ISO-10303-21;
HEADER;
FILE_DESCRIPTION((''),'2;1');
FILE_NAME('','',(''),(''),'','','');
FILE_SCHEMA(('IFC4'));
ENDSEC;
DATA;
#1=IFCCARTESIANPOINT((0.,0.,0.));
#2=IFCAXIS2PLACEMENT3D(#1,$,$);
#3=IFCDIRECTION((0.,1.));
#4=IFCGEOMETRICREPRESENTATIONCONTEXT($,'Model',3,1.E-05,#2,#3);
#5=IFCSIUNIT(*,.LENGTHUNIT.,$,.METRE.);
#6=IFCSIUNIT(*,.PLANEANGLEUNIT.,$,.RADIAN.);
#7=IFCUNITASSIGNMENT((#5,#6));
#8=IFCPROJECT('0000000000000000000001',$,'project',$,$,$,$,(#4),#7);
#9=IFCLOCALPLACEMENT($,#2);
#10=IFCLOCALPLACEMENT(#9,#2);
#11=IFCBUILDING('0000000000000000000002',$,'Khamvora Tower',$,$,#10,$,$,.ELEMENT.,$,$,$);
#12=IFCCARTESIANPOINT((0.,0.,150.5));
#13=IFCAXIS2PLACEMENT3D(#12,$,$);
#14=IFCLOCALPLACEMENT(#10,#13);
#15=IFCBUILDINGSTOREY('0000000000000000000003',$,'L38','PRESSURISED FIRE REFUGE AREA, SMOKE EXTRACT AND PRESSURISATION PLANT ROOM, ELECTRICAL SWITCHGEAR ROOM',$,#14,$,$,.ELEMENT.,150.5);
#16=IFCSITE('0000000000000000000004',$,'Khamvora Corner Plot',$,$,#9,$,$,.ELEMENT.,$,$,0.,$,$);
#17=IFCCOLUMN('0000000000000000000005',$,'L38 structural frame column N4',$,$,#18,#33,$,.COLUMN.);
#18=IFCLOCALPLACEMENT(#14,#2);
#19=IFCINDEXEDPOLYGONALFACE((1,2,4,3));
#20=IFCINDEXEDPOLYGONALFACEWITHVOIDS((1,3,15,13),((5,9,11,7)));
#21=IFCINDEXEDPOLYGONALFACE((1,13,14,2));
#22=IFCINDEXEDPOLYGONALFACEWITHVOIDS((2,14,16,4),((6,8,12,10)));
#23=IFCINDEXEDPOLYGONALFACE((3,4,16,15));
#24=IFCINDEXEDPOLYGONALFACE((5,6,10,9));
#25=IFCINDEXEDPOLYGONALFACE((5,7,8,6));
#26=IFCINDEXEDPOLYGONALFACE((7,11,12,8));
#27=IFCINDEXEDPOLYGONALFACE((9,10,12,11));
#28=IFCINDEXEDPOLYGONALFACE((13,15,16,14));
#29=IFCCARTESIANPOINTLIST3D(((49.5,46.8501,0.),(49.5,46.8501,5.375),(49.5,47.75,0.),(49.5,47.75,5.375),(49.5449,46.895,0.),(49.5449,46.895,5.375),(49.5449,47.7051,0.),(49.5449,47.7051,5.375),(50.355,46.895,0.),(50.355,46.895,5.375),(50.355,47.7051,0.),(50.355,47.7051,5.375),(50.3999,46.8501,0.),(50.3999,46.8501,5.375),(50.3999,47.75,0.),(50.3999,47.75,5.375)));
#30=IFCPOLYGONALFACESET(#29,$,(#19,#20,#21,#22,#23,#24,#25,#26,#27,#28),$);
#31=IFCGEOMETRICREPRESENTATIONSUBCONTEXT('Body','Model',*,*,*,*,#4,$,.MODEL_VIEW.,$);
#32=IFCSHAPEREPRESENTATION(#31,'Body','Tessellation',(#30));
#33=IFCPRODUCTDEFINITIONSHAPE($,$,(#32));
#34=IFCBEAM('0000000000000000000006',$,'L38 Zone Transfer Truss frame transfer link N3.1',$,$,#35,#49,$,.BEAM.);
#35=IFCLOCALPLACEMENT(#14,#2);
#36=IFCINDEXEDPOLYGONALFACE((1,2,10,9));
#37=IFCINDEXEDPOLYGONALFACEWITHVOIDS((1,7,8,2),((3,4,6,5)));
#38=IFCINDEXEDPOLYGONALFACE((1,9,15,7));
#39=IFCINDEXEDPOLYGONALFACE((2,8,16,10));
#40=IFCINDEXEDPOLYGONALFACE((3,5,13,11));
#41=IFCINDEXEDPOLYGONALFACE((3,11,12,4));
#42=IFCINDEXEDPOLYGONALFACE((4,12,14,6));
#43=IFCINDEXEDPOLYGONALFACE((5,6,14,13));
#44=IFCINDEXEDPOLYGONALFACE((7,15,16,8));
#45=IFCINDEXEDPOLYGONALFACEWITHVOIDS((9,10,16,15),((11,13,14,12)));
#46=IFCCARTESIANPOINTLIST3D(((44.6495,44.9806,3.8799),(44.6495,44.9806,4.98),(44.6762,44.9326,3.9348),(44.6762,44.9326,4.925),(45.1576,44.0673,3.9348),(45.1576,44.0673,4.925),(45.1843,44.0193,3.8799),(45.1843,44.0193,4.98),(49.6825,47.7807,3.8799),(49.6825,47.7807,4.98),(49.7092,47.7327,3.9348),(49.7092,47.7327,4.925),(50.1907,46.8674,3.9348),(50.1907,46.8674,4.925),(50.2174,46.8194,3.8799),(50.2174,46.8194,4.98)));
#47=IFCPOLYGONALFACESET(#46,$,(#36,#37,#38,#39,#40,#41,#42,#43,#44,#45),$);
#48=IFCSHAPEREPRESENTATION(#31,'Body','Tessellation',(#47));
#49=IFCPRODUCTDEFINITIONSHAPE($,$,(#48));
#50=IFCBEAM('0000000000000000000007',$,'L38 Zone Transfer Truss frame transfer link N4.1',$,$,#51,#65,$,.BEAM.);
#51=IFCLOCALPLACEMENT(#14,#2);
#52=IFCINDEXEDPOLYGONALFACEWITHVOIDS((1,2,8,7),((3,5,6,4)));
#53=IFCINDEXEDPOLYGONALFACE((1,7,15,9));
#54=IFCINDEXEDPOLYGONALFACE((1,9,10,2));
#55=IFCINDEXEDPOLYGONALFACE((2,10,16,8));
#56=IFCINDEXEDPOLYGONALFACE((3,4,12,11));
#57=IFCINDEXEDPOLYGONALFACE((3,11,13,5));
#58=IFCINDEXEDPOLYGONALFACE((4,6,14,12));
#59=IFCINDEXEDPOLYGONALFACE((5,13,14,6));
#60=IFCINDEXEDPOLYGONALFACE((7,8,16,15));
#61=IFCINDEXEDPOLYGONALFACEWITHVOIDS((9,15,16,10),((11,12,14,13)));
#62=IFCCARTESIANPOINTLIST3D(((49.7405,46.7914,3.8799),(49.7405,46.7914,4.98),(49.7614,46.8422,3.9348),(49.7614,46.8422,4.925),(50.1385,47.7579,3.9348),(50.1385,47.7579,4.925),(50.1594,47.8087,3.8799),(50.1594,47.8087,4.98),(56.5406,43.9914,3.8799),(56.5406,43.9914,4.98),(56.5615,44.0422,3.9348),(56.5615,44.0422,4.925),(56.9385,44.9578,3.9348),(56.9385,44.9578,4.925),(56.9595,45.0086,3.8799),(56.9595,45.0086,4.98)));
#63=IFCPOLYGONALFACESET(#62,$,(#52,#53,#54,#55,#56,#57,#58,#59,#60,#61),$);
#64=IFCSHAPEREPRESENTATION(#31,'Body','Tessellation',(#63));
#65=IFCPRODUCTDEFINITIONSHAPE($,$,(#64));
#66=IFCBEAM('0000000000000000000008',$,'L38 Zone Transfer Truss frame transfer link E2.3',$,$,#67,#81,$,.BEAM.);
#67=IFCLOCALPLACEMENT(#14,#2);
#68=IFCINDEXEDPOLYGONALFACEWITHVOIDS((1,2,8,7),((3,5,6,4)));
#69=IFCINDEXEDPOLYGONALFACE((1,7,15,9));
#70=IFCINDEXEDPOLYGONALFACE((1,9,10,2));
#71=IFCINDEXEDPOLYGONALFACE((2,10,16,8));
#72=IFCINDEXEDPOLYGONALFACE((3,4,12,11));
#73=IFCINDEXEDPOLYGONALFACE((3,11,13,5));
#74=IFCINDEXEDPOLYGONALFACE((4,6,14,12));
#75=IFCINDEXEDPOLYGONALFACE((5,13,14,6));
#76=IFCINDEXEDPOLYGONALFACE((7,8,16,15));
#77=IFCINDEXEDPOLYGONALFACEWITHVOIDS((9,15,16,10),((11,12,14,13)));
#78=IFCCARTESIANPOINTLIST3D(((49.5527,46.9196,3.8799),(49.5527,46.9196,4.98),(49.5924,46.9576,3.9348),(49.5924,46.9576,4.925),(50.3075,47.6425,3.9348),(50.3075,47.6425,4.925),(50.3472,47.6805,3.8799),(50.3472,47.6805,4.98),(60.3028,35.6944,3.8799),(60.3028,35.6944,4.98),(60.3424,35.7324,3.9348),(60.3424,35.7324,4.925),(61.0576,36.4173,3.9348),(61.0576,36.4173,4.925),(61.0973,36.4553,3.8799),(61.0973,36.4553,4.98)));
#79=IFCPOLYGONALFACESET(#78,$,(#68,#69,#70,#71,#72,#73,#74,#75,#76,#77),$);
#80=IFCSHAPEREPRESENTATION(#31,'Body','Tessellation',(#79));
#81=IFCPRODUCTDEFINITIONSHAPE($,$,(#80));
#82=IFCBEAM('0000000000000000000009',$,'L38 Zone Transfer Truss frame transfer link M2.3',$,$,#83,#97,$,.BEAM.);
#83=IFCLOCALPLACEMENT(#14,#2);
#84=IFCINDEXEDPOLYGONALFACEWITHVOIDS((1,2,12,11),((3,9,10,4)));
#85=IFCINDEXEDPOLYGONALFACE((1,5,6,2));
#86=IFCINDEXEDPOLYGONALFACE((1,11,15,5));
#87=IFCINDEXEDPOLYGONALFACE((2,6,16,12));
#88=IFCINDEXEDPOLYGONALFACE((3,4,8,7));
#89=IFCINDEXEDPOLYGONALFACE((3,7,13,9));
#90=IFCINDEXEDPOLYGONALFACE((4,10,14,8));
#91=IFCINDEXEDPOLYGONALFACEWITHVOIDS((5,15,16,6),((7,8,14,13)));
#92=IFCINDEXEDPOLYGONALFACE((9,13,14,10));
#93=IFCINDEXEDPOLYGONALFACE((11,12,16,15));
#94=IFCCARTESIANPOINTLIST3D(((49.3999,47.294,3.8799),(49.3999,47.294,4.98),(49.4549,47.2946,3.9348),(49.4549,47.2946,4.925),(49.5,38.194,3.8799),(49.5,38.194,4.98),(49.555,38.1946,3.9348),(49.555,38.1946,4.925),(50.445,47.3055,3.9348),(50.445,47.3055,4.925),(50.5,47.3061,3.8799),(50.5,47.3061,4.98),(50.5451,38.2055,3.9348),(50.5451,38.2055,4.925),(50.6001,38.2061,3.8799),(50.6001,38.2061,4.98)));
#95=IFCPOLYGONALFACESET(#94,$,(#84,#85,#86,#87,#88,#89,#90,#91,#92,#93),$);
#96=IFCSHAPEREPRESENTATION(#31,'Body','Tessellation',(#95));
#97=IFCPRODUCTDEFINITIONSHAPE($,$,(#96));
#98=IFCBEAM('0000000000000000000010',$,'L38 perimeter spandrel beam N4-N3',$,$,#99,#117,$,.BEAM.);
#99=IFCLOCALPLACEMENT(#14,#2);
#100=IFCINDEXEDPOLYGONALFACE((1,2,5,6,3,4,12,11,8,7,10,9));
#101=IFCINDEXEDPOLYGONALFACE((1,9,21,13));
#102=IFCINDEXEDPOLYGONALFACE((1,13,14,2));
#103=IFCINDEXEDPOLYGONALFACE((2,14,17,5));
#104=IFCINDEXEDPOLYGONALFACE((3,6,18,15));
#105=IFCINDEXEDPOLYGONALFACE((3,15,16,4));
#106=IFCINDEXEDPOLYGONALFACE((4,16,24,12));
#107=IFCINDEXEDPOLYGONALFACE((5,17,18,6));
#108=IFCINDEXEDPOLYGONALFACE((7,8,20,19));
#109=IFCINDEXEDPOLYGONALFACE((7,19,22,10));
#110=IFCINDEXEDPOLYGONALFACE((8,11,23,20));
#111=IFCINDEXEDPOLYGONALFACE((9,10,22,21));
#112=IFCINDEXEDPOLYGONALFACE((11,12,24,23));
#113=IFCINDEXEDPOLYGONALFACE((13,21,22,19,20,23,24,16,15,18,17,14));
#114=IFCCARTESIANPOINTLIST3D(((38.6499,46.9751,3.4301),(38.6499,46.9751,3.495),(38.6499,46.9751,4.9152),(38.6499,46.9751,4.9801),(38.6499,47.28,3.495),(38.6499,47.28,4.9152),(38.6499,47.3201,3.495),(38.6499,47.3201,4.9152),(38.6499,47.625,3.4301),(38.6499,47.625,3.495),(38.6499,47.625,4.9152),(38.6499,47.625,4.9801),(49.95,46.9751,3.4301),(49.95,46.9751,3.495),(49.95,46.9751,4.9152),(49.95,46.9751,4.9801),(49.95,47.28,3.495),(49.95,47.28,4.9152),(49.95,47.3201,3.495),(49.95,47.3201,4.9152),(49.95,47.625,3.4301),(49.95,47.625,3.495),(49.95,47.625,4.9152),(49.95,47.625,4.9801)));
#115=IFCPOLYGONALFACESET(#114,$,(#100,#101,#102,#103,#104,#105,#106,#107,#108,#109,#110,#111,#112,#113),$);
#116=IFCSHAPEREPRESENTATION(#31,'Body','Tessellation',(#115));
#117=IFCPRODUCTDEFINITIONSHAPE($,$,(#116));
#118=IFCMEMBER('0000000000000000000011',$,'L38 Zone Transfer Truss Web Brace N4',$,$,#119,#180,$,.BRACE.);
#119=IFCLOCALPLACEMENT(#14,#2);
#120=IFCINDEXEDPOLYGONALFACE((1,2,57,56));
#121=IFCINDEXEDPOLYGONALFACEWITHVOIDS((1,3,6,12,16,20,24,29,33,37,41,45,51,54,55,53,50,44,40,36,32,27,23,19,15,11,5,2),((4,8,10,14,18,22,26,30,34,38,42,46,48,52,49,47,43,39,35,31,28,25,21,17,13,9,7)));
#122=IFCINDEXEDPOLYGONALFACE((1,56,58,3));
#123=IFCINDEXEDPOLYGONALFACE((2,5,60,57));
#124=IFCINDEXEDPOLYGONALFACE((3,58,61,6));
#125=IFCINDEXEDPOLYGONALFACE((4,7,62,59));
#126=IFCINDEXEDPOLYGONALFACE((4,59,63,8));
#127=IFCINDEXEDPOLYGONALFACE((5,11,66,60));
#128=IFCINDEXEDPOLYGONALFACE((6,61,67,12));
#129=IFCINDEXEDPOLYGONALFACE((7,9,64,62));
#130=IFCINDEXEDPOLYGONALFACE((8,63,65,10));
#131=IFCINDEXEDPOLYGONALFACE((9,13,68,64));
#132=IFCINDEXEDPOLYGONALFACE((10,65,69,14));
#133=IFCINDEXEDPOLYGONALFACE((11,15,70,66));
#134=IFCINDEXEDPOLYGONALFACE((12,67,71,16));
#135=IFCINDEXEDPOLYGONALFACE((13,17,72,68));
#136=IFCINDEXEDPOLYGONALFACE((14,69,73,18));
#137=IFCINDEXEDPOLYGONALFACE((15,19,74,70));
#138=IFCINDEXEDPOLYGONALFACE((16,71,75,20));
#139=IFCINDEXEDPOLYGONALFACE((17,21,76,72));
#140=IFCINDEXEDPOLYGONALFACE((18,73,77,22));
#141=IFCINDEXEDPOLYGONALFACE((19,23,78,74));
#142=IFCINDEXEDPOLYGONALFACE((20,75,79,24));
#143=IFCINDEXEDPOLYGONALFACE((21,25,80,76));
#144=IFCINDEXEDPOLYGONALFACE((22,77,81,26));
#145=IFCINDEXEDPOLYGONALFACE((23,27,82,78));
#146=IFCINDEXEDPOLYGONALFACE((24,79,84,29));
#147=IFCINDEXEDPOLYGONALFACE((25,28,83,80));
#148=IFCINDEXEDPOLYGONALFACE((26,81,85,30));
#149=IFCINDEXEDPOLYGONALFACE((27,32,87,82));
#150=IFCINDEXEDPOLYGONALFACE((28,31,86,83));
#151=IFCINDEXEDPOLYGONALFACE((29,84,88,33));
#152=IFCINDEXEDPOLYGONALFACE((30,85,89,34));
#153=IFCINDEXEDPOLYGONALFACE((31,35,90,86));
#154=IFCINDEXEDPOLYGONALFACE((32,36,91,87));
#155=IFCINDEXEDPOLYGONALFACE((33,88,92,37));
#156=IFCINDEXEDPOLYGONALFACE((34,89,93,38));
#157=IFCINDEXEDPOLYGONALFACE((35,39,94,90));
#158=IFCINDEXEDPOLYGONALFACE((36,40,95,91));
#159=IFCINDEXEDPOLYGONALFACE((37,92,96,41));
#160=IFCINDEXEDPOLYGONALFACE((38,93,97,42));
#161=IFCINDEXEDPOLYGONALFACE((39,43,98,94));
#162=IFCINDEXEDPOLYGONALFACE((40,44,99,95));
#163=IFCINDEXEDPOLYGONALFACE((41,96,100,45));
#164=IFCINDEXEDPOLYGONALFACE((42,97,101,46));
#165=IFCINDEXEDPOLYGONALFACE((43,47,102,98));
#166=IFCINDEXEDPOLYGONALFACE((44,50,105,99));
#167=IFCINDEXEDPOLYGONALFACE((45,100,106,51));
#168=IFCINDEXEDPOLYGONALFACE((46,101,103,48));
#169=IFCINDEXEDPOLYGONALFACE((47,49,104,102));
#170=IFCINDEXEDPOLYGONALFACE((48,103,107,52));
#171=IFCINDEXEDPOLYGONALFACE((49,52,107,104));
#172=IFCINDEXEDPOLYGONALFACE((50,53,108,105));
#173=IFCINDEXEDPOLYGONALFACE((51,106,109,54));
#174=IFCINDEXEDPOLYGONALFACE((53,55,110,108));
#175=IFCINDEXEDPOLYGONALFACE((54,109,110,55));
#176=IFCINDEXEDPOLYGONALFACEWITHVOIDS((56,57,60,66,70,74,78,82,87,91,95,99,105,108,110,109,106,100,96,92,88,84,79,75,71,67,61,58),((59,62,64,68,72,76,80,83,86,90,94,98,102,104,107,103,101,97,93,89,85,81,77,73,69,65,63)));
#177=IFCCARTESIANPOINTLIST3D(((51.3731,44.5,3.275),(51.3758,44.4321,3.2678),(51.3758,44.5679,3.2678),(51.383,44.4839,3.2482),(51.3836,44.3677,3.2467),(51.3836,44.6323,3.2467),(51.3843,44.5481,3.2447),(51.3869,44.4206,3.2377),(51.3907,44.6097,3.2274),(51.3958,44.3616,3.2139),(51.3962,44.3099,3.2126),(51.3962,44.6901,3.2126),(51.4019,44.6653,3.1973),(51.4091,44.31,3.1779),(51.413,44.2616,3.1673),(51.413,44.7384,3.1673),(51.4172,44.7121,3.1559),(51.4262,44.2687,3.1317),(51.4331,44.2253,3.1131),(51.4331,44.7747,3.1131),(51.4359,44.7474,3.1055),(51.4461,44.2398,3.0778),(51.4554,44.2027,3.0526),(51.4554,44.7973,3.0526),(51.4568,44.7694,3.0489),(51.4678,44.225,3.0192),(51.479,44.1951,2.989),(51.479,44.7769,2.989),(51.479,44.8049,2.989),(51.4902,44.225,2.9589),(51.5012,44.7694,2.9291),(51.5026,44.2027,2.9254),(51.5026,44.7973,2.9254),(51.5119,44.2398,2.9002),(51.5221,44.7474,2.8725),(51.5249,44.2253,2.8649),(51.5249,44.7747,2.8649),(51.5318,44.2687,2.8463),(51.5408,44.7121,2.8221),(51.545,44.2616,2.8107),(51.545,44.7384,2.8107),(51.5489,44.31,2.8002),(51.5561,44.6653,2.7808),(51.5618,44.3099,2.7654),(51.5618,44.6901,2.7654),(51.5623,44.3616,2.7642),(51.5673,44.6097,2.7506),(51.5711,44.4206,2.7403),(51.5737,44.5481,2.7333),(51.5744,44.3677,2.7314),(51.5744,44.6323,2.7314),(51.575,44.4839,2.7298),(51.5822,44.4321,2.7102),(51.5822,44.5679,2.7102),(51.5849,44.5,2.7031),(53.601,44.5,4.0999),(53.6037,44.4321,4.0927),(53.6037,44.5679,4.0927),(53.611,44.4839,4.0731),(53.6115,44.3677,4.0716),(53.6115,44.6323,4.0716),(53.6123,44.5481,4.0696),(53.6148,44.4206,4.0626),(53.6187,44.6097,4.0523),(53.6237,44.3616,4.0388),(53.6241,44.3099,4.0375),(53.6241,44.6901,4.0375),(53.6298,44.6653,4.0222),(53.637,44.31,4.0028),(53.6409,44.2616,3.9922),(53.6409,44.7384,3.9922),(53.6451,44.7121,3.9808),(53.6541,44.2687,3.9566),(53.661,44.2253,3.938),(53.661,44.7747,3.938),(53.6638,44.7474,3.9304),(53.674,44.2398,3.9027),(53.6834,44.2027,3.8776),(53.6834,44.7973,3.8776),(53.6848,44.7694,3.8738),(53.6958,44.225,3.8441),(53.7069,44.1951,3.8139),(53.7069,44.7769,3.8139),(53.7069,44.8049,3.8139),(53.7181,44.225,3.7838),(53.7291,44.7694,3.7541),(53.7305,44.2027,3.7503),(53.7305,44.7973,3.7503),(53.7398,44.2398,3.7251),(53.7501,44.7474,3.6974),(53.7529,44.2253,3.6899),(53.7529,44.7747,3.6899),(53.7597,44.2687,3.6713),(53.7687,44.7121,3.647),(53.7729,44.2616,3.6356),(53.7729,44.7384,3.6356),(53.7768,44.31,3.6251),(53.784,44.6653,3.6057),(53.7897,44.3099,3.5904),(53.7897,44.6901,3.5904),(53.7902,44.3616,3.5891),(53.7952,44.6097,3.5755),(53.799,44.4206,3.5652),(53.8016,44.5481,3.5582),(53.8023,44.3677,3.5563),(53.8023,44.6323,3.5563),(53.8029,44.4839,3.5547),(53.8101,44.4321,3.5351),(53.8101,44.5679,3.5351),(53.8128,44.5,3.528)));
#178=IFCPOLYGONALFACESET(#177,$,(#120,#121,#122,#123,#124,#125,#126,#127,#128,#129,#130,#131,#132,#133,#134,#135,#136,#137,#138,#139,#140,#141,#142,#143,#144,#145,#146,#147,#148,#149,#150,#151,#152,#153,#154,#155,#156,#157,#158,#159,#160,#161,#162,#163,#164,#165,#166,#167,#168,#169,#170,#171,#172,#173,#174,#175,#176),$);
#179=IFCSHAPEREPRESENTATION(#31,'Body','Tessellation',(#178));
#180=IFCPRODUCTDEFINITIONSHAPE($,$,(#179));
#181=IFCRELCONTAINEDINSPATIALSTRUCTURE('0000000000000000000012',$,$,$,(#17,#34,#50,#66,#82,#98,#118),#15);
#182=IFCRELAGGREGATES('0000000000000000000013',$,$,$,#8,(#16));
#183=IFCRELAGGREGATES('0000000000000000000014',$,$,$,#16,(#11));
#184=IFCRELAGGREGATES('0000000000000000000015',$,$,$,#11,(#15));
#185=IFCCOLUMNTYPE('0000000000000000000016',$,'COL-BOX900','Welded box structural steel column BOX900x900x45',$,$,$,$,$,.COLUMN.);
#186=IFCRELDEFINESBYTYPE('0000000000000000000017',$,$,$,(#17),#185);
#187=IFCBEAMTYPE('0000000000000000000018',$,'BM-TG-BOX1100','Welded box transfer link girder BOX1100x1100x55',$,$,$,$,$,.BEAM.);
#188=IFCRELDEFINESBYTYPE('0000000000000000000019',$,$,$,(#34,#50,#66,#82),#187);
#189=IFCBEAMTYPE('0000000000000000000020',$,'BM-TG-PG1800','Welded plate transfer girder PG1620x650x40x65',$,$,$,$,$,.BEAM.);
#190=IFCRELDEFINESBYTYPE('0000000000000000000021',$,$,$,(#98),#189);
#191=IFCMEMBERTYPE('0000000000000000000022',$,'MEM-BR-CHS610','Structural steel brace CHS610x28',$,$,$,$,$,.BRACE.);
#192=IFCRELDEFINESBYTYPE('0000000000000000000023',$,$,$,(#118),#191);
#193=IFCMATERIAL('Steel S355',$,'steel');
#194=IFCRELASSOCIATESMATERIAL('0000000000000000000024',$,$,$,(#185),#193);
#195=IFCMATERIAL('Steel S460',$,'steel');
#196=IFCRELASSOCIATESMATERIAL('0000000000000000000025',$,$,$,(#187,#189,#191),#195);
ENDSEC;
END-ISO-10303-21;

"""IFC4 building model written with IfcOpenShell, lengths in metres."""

from ifc_helpers import new_model, si_unit, direction, frame, origin, origin_2d, place, context, subcontext, project, spatial, hollow_rectangle, hollow_circle, i_section, extrude, material, material_profile, profile_set, type_object, element, save


model = new_model("IFC4")

# Units and contexts
model_context = context("Model", 3, precision=1e-05, world=origin(), true_north=direction((0.0, 1.0)))
body_context = subcontext(model_context, "Body", "Model", "MODEL_VIEW")
ifc_project = project(units=[si_unit("LENGTHUNIT", "METRE"), si_unit("PLANEANGLEUNIT", "RADIAN")], contexts=[model_context])

# Site, building, storey
site_placement = place(None, origin())
site = spatial("IfcSite", under=ifc_project, at=site_placement, Name="Khamvora Corner Plot", CompositionType="ELEMENT", RefElevation=0.0)
building_placement = place(site_placement, origin())
building = spatial("IfcBuilding", under=site, at=building_placement, Name="Khamvora Tower", CompositionType="ELEMENT")
storey_placement = place(building_placement, frame((0.0, 0.0, 150.5)))
storey = spatial("IfcBuildingStorey", under=building, at=storey_placement, Name="L38", Description="PRESSURISED FIRE REFUGE AREA, SMOKE EXTRACT AND PRESSURISATION PLANT ROOM, ELECTRICAL SWITCHGEAR ROOM", CompositionType="ELEMENT", Elevation=150.5)

# Column
ifc_material_1 = material(Name="Steel S355", Category="steel")
ifc_material_profile_1 = material_profile(ifc_material_1, hollow_rectangle(XDim=0.8999, YDim=0.8999, WallThickness=0.0449, at=origin_2d()), Name="BOX900x900x45")
ifc_profile_set_1 = profile_set([ifc_material_profile_1], Name="Steel S355")
column_type = type_object("IfcColumnType", Name="COL-BOX900", Description="Welded box structural steel column BOX900x900x45", PredefinedType="COLUMN", material=ifc_profile_set_1)
column_placement = place(storey_placement, frame((49.95, 47.3, 0.0), z_axis=(0.0, 0.0, 1.0), x_axis=(1.0, 0.0, 0.0)))
element("IfcColumn", 1, at=column_placement, inside=storey, type_object=column_type, Name="L38 structural frame column N4", PredefinedType="COLUMN", context=body_context, shape_type="SweptSolid", body=[
    extrude(hollow_rectangle(XDim=0.8999, YDim=0.8999, WallThickness=0.0449, at=origin_2d()), origin(), (0.0, 0.0, 1.0), 5.375),
])

# Beams
ifc_material_2 = material(Name="Steel S460", Category="steel")
ifc_material_profile_2 = material_profile(ifc_material_2, hollow_rectangle(XDim=1.1001, YDim=1.1001, WallThickness=0.0549, at=origin_2d()), Name="BOX1100x1100x55")
ifc_profile_set_2 = profile_set([ifc_material_profile_2], Name="Steel S460")
beam_type_1 = type_object("IfcBeamType", Name="BM-TG-BOX1100", Description="Welded box transfer link girder BOX1100x1100x55", PredefinedType="BEAM", material=ifc_profile_set_2)
beam_1_placement = place(storey_placement, frame((49.95, 47.3, 4.4299), z_axis=(-0.873865, -0.486168, 0.0), x_axis=(0.486168, -0.873865, 0.0)))
element("IfcBeam", 2, at=beam_1_placement, inside=storey, type_object=beam_type_1, Name="L38 Zone Transfer Truss frame transfer link N3.1", PredefinedType="BEAM", context=body_context, shape_type="SweptSolid", body=[
    extrude(hollow_rectangle(XDim=1.1001, YDim=1.1001, WallThickness=0.0549, at=origin_2d()), origin(), (0.0, 0.0, 1.0), 5.7595),
])
beam_2_placement = place(storey_placement, frame((49.95, 47.3, 4.4299), z_axis=(0.924677, -0.380753, 0.0), x_axis=(0.380753, 0.924677, 0.0)))
element("IfcBeam", 3, at=beam_2_placement, inside=storey, type_object=beam_type_1, Name="L38 Zone Transfer Truss frame transfer link N4.1", PredefinedType="BEAM", context=body_context, shape_type="SweptSolid", body=[
    extrude(hollow_rectangle(XDim=1.1001, YDim=1.1001, WallThickness=0.0549, at=origin_2d()), origin(), (0.0, 0.0, 1.0), 7.354),
])
beam_3_placement = place(storey_placement, frame((49.95, 47.3, 4.4299), z_axis=(0.691658, -0.722226, 0.0), x_axis=(0.722226, 0.691658, 0.0)))
element("IfcBeam", 4, at=beam_3_placement, inside=storey, type_object=beam_type_1, Name="L38 Zone Transfer Truss frame transfer link E2.3", PredefinedType="BEAM", context=body_context, shape_type="SweptSolid", body=[
    extrude(hollow_rectangle(XDim=1.1001, YDim=1.1001, WallThickness=0.0549, at=origin_2d()), origin(), (0.0, 0.0, 1.0), 15.5425),
])
beam_4_placement = place(storey_placement, frame((49.95, 47.3, 4.4299), z_axis=(0.010999, -0.99994, 0.0), x_axis=(0.99994, 0.010999, 0.0)))
element("IfcBeam", 5, at=beam_4_placement, inside=storey, type_object=beam_type_1, Name="L38 Zone Transfer Truss frame transfer link M2.3", PredefinedType="BEAM", context=body_context, shape_type="SweptSolid", body=[
    extrude(hollow_rectangle(XDim=1.1001, YDim=1.1001, WallThickness=0.0549, at=origin_2d()), origin(), (0.0, 0.0, 1.0), 9.1006),
])
ifc_material_profile_3 = material_profile(ifc_material_2, i_section(OverallWidth=0.6499, OverallDepth=1.55, WebThickness=0.04, FlangeThickness=0.0649, at=origin_2d()), Name="PG1550x650x40x65")
ifc_profile_set_3 = profile_set([ifc_material_profile_3], Name="Steel S460")
beam_type_2 = type_object("IfcBeamType", Name="BM-TG-PG1800", Description="Welded plate transfer girder PG1620x650x40x65", PredefinedType="BEAM", material=ifc_profile_set_3)
beam_5_placement = place(storey_placement, frame((49.95, 47.3, 4.2051), z_axis=(-1.0, 0.0, 0.0), x_axis=(0.0, -1.0, 0.0)))
element("IfcBeam", 6, at=beam_5_placement, inside=storey, type_object=beam_type_2, Name="L38 perimeter spandrel beam N4-N3", PredefinedType="BEAM", context=body_context, shape_type="SweptSolid", body=[
    extrude(i_section(OverallWidth=0.6499, OverallDepth=1.55, WebThickness=0.04, FlangeThickness=0.0649, at=origin_2d()), origin(), (0.0, 0.0, 1.0), 11.3),
])

# Member
ifc_material_profile_4 = material_profile(ifc_material_2, hollow_circle(Radius=0.3049, WallThickness=0.0281, at=origin_2d()), Name="CHS610x28")
ifc_profile_set_4 = profile_set([ifc_material_profile_4], Name="Steel S460")
member_type_1 = type_object("IfcMemberType", Name="MEM-BR-CHS610", Description="Structural steel brace CHS610x28", PredefinedType="BRACE", material=ifc_profile_set_4)
member_1_placement = place(storey_placement, frame((51.479, 44.5, 2.989), z_axis=(0.937782, 0.0, 0.347224), x_axis=(0.0, 1.0, 0.0)))
element("IfcMember", 7, at=member_1_placement, inside=storey, type_object=member_type_1, Name="L38 Zone Transfer Truss Web Brace N4", PredefinedType="BRACE", context=body_context, shape_type="SweptSolid", body=[
    extrude(hollow_circle(Radius=0.3049, WallThickness=0.0281, at=origin_2d()), origin(), (0.0, 0.0, 1.0), 2.3757),
])

save(model, "model.ifc")
